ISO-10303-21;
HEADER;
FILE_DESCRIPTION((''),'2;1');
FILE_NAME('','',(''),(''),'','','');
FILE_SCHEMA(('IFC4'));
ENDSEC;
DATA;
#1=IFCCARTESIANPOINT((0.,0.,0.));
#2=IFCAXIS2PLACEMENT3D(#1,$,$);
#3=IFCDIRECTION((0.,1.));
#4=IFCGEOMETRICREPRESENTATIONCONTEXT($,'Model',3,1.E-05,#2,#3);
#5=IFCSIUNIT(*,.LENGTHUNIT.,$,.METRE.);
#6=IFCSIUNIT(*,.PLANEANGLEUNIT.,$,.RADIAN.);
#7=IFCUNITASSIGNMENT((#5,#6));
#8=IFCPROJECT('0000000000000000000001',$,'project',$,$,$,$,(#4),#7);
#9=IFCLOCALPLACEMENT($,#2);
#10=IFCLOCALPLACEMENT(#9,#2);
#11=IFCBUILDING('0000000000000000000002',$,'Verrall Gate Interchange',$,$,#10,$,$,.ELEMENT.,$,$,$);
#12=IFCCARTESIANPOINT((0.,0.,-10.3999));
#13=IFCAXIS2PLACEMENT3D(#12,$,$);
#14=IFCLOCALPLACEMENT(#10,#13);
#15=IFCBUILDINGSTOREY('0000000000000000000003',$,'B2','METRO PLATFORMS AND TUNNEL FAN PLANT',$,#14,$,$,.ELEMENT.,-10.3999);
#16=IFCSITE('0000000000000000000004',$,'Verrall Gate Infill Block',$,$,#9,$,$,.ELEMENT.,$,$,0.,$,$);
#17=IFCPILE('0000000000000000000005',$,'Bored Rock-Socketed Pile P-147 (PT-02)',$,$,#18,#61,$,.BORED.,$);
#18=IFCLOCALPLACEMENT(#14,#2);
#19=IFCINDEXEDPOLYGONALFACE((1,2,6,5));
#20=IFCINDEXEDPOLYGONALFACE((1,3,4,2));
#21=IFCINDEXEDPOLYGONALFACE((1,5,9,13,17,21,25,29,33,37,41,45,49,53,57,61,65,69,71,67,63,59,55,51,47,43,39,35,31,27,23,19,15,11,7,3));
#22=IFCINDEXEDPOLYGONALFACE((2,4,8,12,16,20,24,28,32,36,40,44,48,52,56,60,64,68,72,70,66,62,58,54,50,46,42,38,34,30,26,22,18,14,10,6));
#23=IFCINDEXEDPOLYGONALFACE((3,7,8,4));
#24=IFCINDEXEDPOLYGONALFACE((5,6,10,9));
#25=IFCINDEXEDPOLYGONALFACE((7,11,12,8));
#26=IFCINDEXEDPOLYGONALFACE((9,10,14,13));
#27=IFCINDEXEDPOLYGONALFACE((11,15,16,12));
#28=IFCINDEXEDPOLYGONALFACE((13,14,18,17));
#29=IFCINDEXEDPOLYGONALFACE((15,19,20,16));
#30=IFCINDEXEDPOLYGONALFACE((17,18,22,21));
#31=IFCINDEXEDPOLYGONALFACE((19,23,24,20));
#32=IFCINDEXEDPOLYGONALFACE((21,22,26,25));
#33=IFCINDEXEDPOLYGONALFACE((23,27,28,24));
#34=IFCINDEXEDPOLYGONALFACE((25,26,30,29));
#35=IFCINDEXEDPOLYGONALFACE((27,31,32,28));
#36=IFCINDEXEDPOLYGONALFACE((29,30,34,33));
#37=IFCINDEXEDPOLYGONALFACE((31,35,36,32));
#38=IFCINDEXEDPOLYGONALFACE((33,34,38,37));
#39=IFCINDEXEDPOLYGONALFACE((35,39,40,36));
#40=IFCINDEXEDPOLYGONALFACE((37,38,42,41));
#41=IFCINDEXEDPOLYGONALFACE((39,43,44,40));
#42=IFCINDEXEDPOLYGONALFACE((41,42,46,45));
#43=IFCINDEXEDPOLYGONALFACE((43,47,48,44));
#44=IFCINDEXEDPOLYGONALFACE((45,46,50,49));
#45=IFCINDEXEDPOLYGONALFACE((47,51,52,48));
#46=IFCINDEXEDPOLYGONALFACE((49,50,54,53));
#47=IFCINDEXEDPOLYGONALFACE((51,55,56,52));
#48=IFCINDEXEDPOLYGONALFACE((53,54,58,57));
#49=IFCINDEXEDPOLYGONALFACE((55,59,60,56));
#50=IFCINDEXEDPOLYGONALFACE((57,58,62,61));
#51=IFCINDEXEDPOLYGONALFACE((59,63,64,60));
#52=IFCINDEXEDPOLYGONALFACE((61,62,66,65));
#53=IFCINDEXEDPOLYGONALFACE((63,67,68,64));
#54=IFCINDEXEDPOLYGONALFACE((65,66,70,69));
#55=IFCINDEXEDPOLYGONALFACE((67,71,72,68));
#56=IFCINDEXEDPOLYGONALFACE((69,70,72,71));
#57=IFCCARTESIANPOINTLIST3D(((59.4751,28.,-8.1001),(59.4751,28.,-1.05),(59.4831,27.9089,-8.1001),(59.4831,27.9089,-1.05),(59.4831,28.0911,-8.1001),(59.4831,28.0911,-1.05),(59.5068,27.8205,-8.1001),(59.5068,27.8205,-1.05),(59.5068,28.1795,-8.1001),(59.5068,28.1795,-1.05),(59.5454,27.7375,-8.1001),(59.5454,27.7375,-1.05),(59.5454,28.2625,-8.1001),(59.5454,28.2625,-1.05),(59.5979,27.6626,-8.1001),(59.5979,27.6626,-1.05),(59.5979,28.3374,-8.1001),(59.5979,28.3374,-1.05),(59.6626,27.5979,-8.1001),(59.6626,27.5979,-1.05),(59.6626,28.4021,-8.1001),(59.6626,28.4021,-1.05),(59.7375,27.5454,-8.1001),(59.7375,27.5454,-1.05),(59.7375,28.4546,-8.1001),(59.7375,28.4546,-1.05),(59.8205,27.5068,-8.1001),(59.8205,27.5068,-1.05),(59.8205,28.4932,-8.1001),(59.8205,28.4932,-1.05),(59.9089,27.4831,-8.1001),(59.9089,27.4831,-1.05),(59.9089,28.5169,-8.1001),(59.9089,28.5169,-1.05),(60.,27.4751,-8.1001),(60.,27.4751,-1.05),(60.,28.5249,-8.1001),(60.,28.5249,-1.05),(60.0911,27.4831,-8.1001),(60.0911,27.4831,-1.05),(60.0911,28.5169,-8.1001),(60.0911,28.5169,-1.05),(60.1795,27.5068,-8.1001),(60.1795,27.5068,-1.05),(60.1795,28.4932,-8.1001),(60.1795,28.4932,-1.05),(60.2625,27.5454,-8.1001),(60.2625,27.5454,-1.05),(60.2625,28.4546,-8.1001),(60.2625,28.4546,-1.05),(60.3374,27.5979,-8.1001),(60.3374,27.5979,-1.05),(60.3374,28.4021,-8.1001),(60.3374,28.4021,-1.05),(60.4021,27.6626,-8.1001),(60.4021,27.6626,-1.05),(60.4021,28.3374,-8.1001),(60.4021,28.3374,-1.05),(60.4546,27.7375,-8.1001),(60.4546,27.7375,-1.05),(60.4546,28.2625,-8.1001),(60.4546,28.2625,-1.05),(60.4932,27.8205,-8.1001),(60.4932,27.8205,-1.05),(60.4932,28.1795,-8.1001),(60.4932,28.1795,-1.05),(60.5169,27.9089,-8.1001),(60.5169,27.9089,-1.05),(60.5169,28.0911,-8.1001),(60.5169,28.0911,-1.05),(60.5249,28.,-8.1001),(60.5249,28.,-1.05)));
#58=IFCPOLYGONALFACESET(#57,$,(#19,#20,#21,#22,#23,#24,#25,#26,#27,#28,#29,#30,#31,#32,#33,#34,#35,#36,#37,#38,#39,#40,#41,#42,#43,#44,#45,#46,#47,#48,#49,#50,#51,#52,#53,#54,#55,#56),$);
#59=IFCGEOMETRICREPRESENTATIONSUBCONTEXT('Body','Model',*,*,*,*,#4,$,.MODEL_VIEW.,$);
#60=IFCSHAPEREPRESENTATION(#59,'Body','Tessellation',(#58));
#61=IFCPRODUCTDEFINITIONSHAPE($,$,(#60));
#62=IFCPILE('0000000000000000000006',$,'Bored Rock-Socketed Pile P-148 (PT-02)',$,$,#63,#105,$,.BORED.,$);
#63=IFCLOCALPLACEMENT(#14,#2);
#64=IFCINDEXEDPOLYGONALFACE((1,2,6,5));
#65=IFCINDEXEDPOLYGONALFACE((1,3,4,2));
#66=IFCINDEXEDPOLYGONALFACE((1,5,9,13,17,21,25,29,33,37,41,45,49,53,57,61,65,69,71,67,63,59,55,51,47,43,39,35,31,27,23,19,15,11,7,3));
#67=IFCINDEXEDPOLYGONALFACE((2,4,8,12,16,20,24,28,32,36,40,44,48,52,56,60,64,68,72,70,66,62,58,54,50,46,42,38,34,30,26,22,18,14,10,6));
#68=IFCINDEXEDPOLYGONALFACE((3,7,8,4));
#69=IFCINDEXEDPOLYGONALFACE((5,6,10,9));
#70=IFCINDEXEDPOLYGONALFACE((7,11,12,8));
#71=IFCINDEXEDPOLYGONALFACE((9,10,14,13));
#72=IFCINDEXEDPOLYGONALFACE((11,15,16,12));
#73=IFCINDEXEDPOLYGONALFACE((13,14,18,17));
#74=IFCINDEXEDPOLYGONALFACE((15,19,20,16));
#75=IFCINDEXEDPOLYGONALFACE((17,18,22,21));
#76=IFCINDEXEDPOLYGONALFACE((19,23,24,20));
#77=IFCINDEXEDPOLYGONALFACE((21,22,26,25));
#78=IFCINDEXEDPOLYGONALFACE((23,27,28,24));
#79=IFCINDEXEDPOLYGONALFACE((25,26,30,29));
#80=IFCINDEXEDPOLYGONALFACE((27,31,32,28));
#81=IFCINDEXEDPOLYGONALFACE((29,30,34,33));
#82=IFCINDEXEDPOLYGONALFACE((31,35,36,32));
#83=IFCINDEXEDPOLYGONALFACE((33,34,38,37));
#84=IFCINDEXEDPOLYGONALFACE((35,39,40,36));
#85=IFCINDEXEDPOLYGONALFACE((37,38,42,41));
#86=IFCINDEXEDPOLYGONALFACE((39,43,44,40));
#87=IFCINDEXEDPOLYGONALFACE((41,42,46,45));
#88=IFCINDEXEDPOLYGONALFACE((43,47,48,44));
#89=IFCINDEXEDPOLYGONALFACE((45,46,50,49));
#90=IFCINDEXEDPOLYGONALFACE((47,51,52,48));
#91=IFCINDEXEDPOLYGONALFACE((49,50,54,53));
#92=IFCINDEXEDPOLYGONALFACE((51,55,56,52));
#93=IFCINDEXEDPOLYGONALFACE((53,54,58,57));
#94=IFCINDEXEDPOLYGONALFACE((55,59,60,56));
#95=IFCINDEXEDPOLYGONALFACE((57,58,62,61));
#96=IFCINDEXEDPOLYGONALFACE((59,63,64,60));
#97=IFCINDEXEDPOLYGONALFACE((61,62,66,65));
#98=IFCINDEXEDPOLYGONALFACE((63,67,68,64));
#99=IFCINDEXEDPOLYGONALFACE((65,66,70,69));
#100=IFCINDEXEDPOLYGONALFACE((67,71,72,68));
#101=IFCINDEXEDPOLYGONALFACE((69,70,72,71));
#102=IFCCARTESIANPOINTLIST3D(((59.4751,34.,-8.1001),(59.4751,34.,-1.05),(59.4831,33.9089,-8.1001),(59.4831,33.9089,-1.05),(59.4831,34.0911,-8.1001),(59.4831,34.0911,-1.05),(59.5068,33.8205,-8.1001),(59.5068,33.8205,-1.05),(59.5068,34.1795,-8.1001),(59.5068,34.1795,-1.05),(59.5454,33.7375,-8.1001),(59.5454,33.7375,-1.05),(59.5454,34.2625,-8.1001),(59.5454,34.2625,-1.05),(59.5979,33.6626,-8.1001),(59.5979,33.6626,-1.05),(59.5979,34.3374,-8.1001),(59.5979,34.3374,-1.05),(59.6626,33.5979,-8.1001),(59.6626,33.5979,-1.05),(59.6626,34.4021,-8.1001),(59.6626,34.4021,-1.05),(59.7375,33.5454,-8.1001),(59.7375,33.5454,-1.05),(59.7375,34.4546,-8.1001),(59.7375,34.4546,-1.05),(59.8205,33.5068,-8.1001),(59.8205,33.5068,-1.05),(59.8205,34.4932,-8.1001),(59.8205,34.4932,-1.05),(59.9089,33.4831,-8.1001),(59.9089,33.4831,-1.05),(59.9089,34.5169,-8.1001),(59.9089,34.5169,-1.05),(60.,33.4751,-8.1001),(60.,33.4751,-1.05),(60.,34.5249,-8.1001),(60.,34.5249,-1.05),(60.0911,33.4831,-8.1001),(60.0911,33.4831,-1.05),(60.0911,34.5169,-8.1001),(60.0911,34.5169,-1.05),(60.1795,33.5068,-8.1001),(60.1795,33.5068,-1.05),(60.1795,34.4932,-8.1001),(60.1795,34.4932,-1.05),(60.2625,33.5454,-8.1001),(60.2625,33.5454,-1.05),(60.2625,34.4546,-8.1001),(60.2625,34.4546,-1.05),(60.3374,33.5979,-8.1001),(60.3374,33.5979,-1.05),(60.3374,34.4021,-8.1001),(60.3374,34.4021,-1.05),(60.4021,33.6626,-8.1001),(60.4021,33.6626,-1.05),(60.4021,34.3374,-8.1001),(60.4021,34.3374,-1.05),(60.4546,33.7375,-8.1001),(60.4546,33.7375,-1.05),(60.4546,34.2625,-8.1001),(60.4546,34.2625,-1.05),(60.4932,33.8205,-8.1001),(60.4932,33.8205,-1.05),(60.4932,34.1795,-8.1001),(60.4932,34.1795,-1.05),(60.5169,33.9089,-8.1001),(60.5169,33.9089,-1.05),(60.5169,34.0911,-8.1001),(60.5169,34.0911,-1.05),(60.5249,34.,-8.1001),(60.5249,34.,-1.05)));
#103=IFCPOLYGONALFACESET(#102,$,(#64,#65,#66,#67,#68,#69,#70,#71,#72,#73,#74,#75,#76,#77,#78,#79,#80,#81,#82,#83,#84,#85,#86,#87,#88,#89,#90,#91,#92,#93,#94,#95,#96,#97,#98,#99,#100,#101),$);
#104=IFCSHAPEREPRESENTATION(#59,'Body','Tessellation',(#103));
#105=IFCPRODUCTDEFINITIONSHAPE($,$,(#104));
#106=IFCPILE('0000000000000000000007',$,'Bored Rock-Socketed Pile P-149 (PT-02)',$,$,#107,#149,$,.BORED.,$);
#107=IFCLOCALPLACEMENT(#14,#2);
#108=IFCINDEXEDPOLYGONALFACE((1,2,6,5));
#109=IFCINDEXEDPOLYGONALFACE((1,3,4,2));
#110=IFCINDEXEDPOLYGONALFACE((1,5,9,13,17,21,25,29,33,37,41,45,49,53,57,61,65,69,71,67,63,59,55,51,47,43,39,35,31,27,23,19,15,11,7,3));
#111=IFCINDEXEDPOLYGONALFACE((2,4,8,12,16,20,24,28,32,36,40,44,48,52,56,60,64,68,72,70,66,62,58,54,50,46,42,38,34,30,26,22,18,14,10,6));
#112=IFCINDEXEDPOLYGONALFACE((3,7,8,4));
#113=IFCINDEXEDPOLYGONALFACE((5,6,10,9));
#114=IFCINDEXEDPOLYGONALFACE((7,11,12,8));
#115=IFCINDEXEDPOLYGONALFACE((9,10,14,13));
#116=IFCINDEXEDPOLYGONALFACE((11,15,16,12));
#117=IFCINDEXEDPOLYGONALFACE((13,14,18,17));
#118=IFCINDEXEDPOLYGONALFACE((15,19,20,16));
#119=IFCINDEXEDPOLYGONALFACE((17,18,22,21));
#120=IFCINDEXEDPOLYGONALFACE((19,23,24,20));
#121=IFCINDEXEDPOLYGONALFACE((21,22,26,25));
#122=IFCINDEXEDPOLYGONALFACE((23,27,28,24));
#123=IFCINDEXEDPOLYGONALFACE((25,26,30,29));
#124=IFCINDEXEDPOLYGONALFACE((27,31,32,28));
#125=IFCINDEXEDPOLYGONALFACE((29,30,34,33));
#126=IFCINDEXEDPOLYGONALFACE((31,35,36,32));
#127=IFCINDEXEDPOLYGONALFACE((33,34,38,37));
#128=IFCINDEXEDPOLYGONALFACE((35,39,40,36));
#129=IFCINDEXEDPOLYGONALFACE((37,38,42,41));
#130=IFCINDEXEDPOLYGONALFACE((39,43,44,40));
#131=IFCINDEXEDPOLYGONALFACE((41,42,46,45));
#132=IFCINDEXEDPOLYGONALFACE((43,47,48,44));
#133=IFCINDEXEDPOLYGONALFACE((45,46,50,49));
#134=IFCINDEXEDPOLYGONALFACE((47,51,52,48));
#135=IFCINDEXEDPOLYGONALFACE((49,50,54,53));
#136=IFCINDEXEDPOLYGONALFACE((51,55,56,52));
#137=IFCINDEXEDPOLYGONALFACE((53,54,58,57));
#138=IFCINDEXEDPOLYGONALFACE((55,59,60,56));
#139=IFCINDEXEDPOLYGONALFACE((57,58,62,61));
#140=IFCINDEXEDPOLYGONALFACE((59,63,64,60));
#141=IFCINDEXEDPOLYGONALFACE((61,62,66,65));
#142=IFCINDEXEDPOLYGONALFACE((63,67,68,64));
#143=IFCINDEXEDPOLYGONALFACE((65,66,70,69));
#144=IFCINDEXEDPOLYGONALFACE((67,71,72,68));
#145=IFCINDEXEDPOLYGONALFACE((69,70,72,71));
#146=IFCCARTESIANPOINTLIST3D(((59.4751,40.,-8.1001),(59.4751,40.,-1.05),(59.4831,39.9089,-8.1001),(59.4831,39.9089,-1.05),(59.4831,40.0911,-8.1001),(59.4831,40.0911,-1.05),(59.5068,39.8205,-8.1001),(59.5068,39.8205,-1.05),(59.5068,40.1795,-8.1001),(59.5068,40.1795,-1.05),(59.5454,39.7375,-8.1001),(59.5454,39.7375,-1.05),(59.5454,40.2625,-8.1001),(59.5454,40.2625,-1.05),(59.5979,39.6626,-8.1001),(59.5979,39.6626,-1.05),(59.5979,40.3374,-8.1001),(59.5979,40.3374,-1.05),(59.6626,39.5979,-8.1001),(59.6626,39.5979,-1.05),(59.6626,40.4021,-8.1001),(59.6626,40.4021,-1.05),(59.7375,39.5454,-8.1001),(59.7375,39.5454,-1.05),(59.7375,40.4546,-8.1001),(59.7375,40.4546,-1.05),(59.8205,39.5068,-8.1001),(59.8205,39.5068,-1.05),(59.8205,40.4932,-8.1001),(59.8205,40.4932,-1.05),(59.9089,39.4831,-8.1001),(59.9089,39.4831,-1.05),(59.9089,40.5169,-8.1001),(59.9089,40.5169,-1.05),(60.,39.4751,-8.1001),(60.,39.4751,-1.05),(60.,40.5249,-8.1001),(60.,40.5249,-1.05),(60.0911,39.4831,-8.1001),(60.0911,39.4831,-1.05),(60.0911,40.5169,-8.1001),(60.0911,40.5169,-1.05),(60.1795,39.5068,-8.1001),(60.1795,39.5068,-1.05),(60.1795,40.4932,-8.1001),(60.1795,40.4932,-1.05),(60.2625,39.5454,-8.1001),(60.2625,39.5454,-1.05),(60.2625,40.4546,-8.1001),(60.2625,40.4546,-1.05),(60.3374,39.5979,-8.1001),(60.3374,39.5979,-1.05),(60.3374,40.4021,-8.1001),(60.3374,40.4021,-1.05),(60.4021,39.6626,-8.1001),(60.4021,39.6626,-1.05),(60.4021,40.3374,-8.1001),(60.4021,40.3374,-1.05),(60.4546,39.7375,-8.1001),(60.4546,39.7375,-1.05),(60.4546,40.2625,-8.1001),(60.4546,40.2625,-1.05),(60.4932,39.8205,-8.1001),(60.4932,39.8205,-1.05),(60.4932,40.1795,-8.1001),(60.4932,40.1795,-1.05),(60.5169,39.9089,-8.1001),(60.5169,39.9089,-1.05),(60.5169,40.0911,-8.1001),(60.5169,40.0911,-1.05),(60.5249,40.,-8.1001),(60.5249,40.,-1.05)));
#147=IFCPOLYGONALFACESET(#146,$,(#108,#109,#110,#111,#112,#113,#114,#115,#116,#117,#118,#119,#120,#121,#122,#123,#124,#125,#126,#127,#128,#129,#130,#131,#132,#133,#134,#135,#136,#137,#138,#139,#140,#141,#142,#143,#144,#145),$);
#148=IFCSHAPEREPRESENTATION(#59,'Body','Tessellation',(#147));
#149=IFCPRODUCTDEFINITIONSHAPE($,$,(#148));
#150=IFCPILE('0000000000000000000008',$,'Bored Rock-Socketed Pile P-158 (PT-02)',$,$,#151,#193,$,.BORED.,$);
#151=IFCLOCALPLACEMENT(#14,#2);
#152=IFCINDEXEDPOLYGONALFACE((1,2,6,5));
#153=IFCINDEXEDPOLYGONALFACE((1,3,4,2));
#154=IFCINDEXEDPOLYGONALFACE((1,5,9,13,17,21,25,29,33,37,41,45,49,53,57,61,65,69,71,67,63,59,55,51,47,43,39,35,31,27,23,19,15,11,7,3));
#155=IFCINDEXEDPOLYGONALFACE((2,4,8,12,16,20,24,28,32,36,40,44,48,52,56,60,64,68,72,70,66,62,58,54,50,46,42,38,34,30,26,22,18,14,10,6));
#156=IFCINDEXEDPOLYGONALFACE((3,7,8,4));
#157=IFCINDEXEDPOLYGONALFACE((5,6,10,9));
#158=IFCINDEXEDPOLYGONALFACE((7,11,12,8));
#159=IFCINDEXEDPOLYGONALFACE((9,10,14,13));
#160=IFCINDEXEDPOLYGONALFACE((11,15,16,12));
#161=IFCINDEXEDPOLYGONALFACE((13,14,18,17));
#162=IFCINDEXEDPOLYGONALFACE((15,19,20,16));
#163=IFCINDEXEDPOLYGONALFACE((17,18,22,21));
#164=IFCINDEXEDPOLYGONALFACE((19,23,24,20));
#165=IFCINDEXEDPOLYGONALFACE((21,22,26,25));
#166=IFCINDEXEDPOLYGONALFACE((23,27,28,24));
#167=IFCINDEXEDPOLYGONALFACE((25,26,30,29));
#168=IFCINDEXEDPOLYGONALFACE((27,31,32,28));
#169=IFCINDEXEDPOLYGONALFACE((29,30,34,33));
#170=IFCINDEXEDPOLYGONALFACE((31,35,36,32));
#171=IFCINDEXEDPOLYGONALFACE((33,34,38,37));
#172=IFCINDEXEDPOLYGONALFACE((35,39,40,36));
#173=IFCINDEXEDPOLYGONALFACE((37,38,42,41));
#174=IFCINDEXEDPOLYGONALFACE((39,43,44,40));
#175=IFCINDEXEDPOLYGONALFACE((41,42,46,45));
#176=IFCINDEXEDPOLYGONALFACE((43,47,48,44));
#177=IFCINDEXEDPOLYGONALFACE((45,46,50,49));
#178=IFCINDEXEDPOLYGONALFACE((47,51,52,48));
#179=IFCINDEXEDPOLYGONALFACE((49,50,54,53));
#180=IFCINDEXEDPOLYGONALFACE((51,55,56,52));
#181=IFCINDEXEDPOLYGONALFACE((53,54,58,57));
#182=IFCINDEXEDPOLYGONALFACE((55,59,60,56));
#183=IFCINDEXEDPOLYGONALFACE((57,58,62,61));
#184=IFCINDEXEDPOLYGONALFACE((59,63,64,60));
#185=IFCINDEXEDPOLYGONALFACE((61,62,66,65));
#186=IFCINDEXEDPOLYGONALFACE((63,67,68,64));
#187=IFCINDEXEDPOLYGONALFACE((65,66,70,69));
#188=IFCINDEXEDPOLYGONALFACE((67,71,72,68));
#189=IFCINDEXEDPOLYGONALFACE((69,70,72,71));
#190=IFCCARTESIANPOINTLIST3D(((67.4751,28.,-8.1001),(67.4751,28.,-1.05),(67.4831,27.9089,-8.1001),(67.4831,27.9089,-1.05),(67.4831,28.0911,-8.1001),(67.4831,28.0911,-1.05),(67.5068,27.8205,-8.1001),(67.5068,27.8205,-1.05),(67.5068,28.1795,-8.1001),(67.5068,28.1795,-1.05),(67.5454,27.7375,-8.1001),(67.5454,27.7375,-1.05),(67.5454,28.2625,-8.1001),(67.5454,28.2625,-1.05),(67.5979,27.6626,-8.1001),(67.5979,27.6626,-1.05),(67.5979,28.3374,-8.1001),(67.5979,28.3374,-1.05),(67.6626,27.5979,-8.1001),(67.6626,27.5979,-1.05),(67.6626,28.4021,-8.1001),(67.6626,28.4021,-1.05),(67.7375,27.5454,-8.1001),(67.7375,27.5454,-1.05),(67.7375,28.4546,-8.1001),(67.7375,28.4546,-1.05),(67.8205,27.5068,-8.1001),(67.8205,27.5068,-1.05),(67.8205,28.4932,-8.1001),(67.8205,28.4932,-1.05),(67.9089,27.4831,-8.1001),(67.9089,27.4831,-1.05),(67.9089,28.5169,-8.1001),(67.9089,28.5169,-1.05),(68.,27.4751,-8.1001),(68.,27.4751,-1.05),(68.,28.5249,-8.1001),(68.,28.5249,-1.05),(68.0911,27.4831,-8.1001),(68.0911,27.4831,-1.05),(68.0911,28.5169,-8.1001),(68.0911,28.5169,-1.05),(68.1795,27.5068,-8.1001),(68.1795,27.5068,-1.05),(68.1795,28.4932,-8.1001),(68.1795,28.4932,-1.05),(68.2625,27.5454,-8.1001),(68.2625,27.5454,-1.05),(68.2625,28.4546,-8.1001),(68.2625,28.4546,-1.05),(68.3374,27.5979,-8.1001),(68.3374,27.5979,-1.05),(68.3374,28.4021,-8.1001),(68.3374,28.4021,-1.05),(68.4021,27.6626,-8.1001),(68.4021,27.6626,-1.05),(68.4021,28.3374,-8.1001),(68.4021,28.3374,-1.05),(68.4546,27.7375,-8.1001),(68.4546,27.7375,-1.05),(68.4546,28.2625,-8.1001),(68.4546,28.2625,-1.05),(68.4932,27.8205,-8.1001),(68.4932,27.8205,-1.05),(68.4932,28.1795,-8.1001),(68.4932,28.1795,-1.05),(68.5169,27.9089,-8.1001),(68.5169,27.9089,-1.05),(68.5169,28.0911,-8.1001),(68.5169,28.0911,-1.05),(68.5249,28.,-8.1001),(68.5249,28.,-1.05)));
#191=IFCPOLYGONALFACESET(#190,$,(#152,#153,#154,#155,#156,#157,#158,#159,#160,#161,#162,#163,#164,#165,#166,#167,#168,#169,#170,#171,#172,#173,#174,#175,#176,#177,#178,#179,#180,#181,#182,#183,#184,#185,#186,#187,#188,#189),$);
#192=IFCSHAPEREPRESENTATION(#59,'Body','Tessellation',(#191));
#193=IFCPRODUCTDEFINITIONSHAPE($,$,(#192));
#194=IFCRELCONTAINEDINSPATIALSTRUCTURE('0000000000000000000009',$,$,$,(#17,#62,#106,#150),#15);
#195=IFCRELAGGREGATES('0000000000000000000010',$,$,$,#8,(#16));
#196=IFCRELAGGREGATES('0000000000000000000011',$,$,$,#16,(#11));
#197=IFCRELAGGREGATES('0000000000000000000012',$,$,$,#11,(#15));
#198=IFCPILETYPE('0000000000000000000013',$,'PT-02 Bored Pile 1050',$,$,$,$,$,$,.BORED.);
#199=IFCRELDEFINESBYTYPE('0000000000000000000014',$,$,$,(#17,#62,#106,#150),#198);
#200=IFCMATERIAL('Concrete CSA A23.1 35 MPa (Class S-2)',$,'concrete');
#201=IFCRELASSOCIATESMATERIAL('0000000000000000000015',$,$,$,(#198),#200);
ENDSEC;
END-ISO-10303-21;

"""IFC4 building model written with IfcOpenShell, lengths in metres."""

from ifc_helpers import new_model, si_unit, direction, frame, origin, origin_2d, place, context, subcontext, project, spatial, circle, extrude, material, material_profile, profile_set, type_object, element, save


model = new_model("IFC4")

# Units and contexts
model_context = context("Model", 3, precision=1e-05, world=origin(), true_north=direction((0.0, 1.0)))
body_context = subcontext(model_context, "Body", "Model", "MODEL_VIEW")
ifc_project = project(units=[si_unit("LENGTHUNIT", "METRE"), si_unit("PLANEANGLEUNIT", "RADIAN")], contexts=[model_context])

# Site, building, storey
site_placement = place(None, origin())
site = spatial("IfcSite", under=ifc_project, at=site_placement, Name="Verrall Gate Infill Block", CompositionType="ELEMENT", RefElevation=0.0)
building_placement = place(site_placement, origin())
building = spatial("IfcBuilding", under=site, at=building_placement, Name="Verrall Gate Interchange", CompositionType="ELEMENT")
storey_placement = place(building_placement, frame((0.0, 0.0, -10.3999)))
storey = spatial("IfcBuildingStorey", under=building, at=storey_placement, Name="B2", Description="METRO PLATFORMS AND TUNNEL FAN PLANT", CompositionType="ELEMENT", Elevation=-10.3999)

# Piles
ifc_material_1 = material(Name="Concrete CSA A23.1 35 MPa (Class S-2)", Category="concrete")
ifc_material_profile_1 = material_profile(ifc_material_1, circle(Radius=0.5249, at=origin_2d()), Name="PILE1050D")
ifc_profile_set_1 = profile_set([ifc_material_profile_1], Name="Concrete CSA A23.1 35 MPa (Class S-2)")
pile_type = type_object("IfcPileType", Name="PT-02 Bored Pile 1050", PredefinedType="BORED", material=ifc_profile_set_1)
for number, where, z_axis, x_axis, name in (
    (1, (60.0, 28.0, -1.05), (0.0, 0.0, -1.0), (1.0, 0.0, 0.0), "Bored Rock-Socketed Pile P-147 (PT-02)"),
    (2, (60.0, 34.0, -1.05), (0.0, 0.0, -1.0), (1.0, 0.0, 0.0), "Bored Rock-Socketed Pile P-148 (PT-02)"),
    (3, (60.0, 40.0, -1.05), (0.0, 0.0, -1.0), (1.0, 0.0, 0.0), "Bored Rock-Socketed Pile P-149 (PT-02)"),
    (4, (68.0, 28.0, -1.05), (0.0, 0.0, -1.0), (1.0, 0.0, 0.0), "Bored Rock-Socketed Pile P-158 (PT-02)"),
):
    element("IfcPile", number, at=place(storey_placement, frame(where, z_axis=z_axis, x_axis=x_axis)), inside=storey, type_object=pile_type, Name=name, PredefinedType="BORED", context=body_context, shape_type="SweptSolid", body=[
        extrude(circle(Radius=0.5249, at=origin_2d()), origin(), (0.0, 0.0, 1.0), 7.05),
    ])

save(model, "model.ifc")
